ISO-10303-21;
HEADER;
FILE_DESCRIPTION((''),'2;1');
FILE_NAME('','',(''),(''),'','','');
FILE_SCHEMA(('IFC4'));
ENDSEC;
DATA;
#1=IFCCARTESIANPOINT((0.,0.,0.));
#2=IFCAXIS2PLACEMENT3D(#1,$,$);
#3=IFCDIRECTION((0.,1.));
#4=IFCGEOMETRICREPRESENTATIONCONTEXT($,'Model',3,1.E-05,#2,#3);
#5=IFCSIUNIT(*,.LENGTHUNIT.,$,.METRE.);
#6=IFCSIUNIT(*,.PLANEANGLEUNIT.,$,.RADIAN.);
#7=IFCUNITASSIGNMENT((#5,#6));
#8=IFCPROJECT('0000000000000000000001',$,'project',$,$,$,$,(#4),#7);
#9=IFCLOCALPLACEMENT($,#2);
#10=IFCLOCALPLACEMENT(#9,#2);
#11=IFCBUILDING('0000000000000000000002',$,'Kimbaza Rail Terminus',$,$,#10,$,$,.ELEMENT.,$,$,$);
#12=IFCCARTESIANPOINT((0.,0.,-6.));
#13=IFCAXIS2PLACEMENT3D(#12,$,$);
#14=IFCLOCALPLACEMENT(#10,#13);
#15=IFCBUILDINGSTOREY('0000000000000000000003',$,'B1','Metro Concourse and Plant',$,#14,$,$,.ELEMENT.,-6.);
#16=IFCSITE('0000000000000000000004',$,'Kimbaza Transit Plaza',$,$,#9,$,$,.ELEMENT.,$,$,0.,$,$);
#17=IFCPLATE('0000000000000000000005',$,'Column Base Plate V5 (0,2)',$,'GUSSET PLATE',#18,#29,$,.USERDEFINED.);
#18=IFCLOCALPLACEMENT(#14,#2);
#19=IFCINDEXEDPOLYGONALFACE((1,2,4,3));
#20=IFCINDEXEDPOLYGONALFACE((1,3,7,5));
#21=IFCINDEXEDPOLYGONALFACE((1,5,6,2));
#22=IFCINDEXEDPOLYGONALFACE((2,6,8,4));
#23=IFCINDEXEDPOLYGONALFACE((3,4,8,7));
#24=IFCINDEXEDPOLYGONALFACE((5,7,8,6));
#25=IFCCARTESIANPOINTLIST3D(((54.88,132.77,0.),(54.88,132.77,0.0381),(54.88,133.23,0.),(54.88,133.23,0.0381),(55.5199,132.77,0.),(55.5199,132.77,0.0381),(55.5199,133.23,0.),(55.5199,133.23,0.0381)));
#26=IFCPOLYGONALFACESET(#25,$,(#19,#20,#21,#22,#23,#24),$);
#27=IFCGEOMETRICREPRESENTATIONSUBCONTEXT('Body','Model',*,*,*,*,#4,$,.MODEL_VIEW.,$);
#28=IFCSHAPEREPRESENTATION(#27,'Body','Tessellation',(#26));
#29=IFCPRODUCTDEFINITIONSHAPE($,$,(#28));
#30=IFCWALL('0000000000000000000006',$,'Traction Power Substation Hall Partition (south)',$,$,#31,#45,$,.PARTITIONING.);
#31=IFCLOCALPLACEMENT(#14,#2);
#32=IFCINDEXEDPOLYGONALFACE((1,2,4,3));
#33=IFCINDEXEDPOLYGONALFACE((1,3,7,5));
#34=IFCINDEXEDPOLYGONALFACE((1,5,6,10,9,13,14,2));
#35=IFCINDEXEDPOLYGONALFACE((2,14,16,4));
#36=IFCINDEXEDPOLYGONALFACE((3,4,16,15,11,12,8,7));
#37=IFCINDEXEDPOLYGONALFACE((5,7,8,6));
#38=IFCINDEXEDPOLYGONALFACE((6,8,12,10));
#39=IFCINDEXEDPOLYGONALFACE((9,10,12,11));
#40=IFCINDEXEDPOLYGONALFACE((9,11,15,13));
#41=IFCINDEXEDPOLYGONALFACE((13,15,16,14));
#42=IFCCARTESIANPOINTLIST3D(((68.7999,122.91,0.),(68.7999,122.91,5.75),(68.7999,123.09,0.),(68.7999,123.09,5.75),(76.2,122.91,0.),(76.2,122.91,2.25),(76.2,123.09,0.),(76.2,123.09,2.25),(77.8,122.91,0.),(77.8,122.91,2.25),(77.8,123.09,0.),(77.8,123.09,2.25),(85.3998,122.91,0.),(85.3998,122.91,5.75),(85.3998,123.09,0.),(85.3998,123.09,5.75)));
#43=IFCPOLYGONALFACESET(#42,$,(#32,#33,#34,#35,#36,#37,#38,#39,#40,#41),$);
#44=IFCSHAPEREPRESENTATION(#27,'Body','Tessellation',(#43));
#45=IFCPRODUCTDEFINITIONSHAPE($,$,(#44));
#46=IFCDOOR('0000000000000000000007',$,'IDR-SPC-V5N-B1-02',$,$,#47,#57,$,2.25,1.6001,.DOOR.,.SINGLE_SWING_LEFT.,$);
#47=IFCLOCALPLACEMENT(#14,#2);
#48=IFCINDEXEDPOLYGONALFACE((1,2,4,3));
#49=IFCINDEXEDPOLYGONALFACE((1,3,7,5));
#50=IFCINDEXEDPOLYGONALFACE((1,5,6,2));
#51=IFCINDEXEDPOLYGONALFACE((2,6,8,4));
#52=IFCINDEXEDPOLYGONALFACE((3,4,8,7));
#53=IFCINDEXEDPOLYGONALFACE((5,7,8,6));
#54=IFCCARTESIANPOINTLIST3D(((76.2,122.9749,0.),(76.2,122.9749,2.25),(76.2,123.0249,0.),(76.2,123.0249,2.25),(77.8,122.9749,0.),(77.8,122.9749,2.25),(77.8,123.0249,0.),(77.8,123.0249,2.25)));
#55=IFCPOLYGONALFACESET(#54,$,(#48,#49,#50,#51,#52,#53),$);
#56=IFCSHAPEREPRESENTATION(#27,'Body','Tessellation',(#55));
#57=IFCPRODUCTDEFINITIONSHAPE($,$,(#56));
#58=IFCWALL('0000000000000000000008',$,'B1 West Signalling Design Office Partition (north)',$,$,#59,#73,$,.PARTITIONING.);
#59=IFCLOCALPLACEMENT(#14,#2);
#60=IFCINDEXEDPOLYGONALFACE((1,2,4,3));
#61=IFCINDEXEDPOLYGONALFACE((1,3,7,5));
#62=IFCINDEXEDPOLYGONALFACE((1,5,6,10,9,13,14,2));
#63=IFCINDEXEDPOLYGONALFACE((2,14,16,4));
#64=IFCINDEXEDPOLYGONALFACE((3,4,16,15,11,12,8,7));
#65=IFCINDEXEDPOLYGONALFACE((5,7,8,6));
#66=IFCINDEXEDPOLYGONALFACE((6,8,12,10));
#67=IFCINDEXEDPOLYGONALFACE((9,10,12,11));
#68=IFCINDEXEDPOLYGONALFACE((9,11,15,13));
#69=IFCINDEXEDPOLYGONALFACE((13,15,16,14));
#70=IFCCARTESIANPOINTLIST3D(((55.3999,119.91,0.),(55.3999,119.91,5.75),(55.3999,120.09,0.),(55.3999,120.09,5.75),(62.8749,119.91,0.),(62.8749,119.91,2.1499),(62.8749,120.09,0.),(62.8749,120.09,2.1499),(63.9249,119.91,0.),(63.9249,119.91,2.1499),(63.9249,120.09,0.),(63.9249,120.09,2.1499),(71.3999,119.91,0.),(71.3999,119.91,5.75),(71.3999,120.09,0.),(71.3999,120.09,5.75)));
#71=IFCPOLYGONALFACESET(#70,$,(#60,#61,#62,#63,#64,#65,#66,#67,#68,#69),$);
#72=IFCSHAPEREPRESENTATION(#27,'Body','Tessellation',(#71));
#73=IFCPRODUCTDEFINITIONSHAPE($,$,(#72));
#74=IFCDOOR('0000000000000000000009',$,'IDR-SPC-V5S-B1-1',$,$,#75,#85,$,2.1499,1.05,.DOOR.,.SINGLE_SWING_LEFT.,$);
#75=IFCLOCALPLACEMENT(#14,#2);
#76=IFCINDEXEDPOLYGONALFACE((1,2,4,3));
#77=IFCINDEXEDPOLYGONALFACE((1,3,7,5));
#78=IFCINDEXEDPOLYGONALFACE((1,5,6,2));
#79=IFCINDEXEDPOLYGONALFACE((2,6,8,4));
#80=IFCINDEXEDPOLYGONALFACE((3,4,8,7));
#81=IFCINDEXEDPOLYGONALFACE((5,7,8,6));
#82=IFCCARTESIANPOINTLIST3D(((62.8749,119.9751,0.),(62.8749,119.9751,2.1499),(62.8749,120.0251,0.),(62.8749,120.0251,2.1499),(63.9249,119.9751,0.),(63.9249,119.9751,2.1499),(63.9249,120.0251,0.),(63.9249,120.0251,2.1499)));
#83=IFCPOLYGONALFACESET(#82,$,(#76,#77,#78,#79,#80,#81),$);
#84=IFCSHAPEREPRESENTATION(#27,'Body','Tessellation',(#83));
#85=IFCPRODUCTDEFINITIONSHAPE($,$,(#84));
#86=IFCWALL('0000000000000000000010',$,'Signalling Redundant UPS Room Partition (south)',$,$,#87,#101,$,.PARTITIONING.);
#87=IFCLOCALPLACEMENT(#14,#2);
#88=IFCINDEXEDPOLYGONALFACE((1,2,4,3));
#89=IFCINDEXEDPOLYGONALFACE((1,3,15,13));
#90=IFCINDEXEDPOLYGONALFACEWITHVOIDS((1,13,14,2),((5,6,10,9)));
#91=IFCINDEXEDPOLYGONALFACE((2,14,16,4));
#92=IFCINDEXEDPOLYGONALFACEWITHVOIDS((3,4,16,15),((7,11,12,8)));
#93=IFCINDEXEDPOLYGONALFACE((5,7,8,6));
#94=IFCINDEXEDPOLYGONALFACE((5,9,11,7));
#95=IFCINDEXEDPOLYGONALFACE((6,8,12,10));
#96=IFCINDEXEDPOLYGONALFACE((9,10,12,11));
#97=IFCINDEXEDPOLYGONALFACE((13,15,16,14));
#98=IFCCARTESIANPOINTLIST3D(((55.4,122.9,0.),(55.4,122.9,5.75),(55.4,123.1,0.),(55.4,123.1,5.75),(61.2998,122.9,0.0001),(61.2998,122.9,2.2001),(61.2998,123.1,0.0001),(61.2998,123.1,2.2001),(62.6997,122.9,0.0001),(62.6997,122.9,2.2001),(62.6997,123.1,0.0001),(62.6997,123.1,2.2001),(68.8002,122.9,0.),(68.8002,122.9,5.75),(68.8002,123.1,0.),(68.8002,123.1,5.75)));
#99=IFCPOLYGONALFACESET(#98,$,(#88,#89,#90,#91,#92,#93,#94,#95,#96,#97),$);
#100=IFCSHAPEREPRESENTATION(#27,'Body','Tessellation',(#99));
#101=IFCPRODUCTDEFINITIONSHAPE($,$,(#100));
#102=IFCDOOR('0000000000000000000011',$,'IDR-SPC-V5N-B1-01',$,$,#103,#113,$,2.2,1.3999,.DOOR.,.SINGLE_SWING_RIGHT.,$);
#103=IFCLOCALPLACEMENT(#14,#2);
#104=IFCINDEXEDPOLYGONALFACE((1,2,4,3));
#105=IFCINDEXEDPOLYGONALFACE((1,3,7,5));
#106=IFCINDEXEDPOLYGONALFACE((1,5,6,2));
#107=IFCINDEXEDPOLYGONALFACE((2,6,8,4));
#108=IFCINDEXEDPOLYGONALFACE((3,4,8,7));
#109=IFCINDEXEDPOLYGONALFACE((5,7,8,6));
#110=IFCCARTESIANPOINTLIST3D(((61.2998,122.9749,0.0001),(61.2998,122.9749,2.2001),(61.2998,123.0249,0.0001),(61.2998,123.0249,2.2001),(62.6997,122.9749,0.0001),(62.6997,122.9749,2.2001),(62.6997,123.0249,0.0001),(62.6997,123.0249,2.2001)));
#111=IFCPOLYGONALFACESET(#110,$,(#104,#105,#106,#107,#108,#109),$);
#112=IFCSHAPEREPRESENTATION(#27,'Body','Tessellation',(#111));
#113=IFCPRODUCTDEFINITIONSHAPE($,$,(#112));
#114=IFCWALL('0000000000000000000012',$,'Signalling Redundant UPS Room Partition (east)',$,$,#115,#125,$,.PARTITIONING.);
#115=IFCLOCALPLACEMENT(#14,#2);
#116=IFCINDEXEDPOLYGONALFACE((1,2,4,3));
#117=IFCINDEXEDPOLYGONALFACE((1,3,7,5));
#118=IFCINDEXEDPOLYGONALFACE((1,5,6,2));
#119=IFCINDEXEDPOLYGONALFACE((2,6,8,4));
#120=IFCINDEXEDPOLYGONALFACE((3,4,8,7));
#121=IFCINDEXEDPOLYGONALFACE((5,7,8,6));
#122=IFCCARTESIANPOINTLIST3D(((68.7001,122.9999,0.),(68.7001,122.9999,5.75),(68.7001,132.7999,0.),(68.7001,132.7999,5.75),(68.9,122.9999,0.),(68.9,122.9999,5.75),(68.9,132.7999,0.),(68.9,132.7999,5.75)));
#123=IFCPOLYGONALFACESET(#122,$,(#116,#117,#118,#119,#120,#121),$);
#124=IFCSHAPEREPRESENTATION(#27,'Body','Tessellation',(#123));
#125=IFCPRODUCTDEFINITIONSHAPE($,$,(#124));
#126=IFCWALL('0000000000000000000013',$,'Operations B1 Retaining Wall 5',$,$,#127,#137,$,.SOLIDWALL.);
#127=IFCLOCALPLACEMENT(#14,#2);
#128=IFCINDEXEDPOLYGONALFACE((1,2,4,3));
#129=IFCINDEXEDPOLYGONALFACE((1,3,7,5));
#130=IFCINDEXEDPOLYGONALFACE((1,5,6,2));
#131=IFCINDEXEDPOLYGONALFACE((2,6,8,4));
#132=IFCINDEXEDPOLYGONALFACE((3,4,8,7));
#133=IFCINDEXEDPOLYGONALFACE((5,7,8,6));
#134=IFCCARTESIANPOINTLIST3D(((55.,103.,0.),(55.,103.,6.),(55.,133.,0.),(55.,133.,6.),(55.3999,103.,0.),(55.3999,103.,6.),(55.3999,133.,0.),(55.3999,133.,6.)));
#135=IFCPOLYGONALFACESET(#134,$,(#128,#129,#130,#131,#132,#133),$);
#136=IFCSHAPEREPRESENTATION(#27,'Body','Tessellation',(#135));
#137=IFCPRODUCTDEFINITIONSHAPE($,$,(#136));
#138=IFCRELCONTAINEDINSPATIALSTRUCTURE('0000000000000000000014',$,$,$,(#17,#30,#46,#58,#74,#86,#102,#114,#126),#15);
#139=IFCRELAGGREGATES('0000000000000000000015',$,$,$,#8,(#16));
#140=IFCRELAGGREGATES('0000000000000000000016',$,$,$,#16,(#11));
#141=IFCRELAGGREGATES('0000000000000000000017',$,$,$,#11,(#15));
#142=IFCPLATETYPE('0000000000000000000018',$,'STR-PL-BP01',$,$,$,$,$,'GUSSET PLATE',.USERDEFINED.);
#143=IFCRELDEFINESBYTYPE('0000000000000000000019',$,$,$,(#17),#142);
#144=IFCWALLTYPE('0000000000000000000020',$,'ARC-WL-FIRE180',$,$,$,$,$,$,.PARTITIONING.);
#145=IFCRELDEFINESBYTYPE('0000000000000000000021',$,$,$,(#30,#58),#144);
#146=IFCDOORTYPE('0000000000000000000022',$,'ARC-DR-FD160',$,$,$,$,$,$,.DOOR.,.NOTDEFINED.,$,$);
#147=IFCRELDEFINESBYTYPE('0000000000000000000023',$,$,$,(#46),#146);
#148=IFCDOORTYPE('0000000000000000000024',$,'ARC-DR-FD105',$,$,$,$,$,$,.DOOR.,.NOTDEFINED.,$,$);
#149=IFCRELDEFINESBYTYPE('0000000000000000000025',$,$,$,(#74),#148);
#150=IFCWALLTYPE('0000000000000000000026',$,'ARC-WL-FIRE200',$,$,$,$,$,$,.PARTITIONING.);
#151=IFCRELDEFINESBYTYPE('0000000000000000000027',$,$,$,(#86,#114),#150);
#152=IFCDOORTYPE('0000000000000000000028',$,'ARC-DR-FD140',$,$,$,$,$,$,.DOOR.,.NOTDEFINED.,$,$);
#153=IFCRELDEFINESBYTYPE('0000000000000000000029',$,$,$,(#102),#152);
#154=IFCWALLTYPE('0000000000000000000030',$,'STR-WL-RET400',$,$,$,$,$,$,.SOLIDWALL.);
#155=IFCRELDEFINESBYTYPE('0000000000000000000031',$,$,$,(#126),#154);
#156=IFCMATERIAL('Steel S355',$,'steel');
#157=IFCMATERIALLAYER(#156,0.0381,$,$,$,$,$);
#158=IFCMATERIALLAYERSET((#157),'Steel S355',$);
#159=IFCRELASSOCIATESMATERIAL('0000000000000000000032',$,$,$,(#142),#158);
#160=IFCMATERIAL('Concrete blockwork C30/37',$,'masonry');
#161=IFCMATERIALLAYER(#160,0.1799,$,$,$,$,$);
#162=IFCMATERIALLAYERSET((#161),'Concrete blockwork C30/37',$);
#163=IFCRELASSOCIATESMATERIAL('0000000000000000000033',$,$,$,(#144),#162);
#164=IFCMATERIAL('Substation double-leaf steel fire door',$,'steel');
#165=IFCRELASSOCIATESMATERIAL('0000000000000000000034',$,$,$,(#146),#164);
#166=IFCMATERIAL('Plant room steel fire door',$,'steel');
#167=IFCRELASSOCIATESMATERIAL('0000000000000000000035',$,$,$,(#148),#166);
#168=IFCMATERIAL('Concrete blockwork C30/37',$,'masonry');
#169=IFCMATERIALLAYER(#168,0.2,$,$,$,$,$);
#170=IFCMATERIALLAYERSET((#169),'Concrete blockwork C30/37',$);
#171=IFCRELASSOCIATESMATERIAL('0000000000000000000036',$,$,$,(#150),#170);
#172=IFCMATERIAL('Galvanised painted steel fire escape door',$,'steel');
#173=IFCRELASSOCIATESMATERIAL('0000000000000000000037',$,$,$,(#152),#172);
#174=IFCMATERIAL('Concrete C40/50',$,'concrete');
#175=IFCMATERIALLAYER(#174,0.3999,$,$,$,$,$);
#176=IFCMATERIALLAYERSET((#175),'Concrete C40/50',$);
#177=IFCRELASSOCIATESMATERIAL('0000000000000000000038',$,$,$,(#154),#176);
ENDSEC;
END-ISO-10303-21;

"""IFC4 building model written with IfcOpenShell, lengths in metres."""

from ifc_helpers import new_model, si_unit, direction, frame, frame_2d, origin, origin_2d, place, context, subcontext, project, spatial, rectangle, extrude, material, layer, layer_set, type_object, element, fill, save


model = new_model("IFC4")

# Units and contexts
model_context = context("Model", 3, precision=1e-05, world=origin(), true_north=direction((0.0, 1.0)))
body_context = subcontext(model_context, "Body", "Model", "MODEL_VIEW")
ifc_project = project(units=[si_unit("LENGTHUNIT", "METRE"), si_unit("PLANEANGLEUNIT", "RADIAN")], contexts=[model_context])

# Site, building, storey
site_placement = place(None, origin())
site = spatial("IfcSite", under=ifc_project, at=site_placement, Name="Kimbaza Transit Plaza", CompositionType="ELEMENT", RefElevation=0.0)
building_placement = place(site_placement, origin())
building = spatial("IfcBuilding", under=site, at=building_placement, Name="Kimbaza Rail Terminus", CompositionType="ELEMENT")
storey_placement = place(building_placement, frame((0.0, 0.0, -6.0)))
storey = spatial("IfcBuildingStorey", under=building, at=storey_placement, Name="B1", Description="Metro Concourse and Plant", CompositionType="ELEMENT", Elevation=-6.0)

# Plate
ifc_material_1 = material(Name="Steel S355", Category="steel")
ifc_layer_1 = layer(ifc_material_1, 0.0381)
ifc_layer_set_1 = layer_set([ifc_layer_1], Name="Steel S355")
plate_type = type_object("IfcPlateType", Name="STR-PL-BP01", ElementType="GUSSET PLATE", PredefinedType="USERDEFINED", material=ifc_layer_set_1)
for number, where, z_axis, x_axis, name in (
    (1, (55.2, 133.0, 0.0), (0.0, 0.0, 1.0), (1.0, 0.0, 0.0), "Column Base Plate V5 (0,2)"),
):
    element("IfcPlate", number, at=place(storey_placement, frame(where, z_axis=z_axis, x_axis=x_axis)), inside=storey, type_object=plate_type, Name=name, ObjectType="GUSSET PLATE", PredefinedType="USERDEFINED", context=body_context, shape_type="SweptSolid", body=[
        extrude(rectangle(XDim=0.6399, YDim=0.46, at=origin_2d()), origin(), (0.0, 0.0, 1.0), 0.0381),
    ])

# Walls, openings, doors
ifc_material_2 = material(Name="Concrete blockwork C30/37", Category="masonry")
ifc_layer_2 = layer(ifc_material_2, 0.1799)
ifc_layer_set_2 = layer_set([ifc_layer_2], Name="Concrete blockwork C30/37")
wall_type_1 = type_object("IfcWallType", Name="ARC-WL-FIRE180", PredefinedType="PARTITIONING", material=ifc_layer_set_2)
wall_1_placement = place(storey_placement, frame((68.8, 123.0, 0.0), z_axis=(0.0, 0.0, 1.0), x_axis=(1.0, 0.0, 0.0)))
wall_1 = element("IfcWall", 2, at=wall_1_placement, inside=storey, type_object=wall_type_1, Name="Traction Power Substation Hall Partition (south)", PredefinedType="PARTITIONING", context=body_context, shape_type="SweptSolid", body=[
    extrude(rectangle(XDim=16.5999, YDim=0.1799, at=frame_2d((8.2998, 0.0))), origin(), (0.0, 0.0, 1.0), 5.75),
])
opening_1_placement = place(wall_1_placement, frame((7.3999, 0.0, 0.0)))
opening_1 = element("IfcOpeningElement", 3, at=opening_1_placement, cuts=wall_1, PredefinedType="OPENING", context=body_context, shape_type="SweptSolid", body=[
    extrude(rectangle(XDim=1.6001, YDim=2.25, at=frame_2d((0.8, 1.125))), frame((0.0, 0.0999, 0.0), z_axis=(0.0, -1.0, 0.0), x_axis=(1.0, 0.0, 0.0)), (0.0, 0.0, 1.0), 0.2),
])
ifc_material_3 = material(Name="Substation double-leaf steel fire door", Category="steel")
door_type_1 = type_object("IfcDoorType", Name="ARC-DR-FD160", OperationType="NOTDEFINED", PredefinedType="DOOR", material=ifc_material_3)
door_1_placement = place(opening_1_placement, origin())
door_1 = element("IfcDoor", 4, at=door_1_placement, inside=storey, type_object=door_type_1, Name="IDR-SPC-V5N-B1-02", OperationType="SINGLE_SWING_LEFT", OverallHeight=2.25, OverallWidth=1.6001, PredefinedType="DOOR", context=body_context, shape_type="SweptSolid", body=[
    extrude(rectangle(XDim=1.6001, YDim=2.25, at=frame_2d((0.8, 1.125))), frame((0.0, 0.0249, 0.0), z_axis=(0.0, -1.0, 0.0), x_axis=(1.0, 0.0, 0.0)), (0.0, 0.0, 1.0), 0.05),
])
fill(opening_1, door_1)
wall_2_placement = place(storey_placement, frame((71.3999, 120.0, 0.0), z_axis=(0.0, 0.0, 1.0), x_axis=(-1.0, 0.0, 0.0)))
wall_2 = element("IfcWall", 5, at=wall_2_placement, inside=storey, type_object=wall_type_1, Name="B1 West Signalling Design Office Partition (north)", PredefinedType="PARTITIONING", context=body_context, shape_type="SweptSolid", body=[
    extrude(rectangle(XDim=16.0, YDim=0.1799, at=frame_2d((8.0, 0.0))), origin(), (0.0, 0.0, 1.0), 5.75),
])
opening_2_placement = place(wall_2_placement, frame((7.4751, 0.0, 0.0)))
opening_2 = element("IfcOpeningElement", 6, at=opening_2_placement, cuts=wall_2, PredefinedType="OPENING", context=body_context, shape_type="SweptSolid", body=[
    extrude(rectangle(XDim=1.05, YDim=2.1499, at=frame_2d((0.5249, 1.075))), frame((0.0, 0.0999, 0.0), z_axis=(0.0, -1.0, 0.0), x_axis=(1.0, 0.0, 0.0)), (0.0, 0.0, 1.0), 0.2),
])
ifc_material_4 = material(Name="Plant room steel fire door", Category="steel")
door_type_2 = type_object("IfcDoorType", Name="ARC-DR-FD105", OperationType="NOTDEFINED", PredefinedType="DOOR", material=ifc_material_4)
door_2_placement = place(opening_2_placement, origin())
door_2 = element("IfcDoor", 7, at=door_2_placement, inside=storey, type_object=door_type_2, Name="IDR-SPC-V5S-B1-1", OperationType="SINGLE_SWING_LEFT", OverallHeight=2.1499, OverallWidth=1.05, PredefinedType="DOOR", context=body_context, shape_type="SweptSolid", body=[
    extrude(rectangle(XDim=1.05, YDim=2.1499, at=frame_2d((0.5249, 1.075))), frame((0.0, 0.0249, 0.0), z_axis=(0.0, -1.0, 0.0), x_axis=(1.0, 0.0, 0.0)), (0.0, 0.0, 1.0), 0.05),
])
fill(opening_2, door_2)
ifc_material_5 = material(Name="Concrete blockwork C30/37", Category="masonry")
ifc_layer_3 = layer(ifc_material_5, 0.2)
ifc_layer_set_3 = layer_set([ifc_layer_3], Name="Concrete blockwork C30/37")
wall_type_2 = type_object("IfcWallType", Name="ARC-WL-FIRE200", PredefinedType="PARTITIONING", material=ifc_layer_set_3)
wall_3_placement = place(storey_placement, frame((55.3999, 123.0, 0.0), z_axis=(0.0, 0.0, 1.0), x_axis=(1.0, 0.0, 0.0)))
wall_3 = element("IfcWall", 8, at=wall_3_placement, inside=storey, type_object=wall_type_2, Name="Signalling Redundant UPS Room Partition (south)", PredefinedType="PARTITIONING", context=body_context, shape_type="SweptSolid", body=[
    extrude(rectangle(XDim=13.4001, YDim=0.2, at=frame_2d((6.7002, 0.0))), origin(), (0.0, 0.0, 1.0), 5.75),
])
opening_3_placement = place(wall_3_placement, frame((5.8999, 0.0, 0.0)))
opening_3 = element("IfcOpeningElement", 9, at=opening_3_placement, cuts=wall_3, PredefinedType="OPENING", context=body_context, shape_type="SweptSolid", body=[
    extrude(rectangle(XDim=1.3999, YDim=2.2, at=frame_2d((0.7, 1.1001))), frame((0.0, 0.1099, 0.0), z_axis=(0.0, -1.0, 0.0), x_axis=(1.0, 0.0, 0.0)), (0.0, 0.0, 1.0), 0.22),
])
ifc_material_6 = material(Name="Galvanised painted steel fire escape door", Category="steel")
door_type_3 = type_object("IfcDoorType", Name="ARC-DR-FD140", OperationType="NOTDEFINED", PredefinedType="DOOR", material=ifc_material_6)
door_3_placement = place(opening_3_placement, origin())
door_3 = element("IfcDoor", 10, at=door_3_placement, inside=storey, type_object=door_type_3, Name="IDR-SPC-V5N-B1-01", OperationType="SINGLE_SWING_RIGHT", OverallHeight=2.2, OverallWidth=1.3999, PredefinedType="DOOR", context=body_context, shape_type="SweptSolid", body=[
    extrude(rectangle(XDim=1.3999, YDim=2.2, at=frame_2d((0.7, 1.1001))), frame((0.0, 0.0249, 0.0), z_axis=(0.0, -1.0, 0.0), x_axis=(1.0, 0.0, 0.0)), (0.0, 0.0, 1.0), 0.05),
])
fill(opening_3, door_3)

# Walls
wall_4_placement = place(storey_placement, frame((68.8, 123.0, 0.0), z_axis=(0.0, 0.0, 1.0), x_axis=(0.0, 1.0, 0.0)))
element("IfcWall", 11, at=wall_4_placement, inside=storey, type_object=wall_type_2, Name="Signalling Redundant UPS Room Partition (east)", PredefinedType="PARTITIONING", context=body_context, shape_type="SweptSolid", body=[
    extrude(rectangle(XDim=9.8, YDim=0.2, at=frame_2d((4.8999, 0.0))), origin(), (0.0, 0.0, 1.0), 5.75),
])
ifc_material_7 = material(Name="Concrete C40/50", Category="concrete")
ifc_layer_4 = layer(ifc_material_7, 0.3999)
ifc_layer_set_4 = layer_set([ifc_layer_4], Name="Concrete C40/50")
wall_type_3 = type_object("IfcWallType", Name="STR-WL-RET400", PredefinedType="SOLIDWALL", material=ifc_layer_set_4)
wall_5_placement = place(storey_placement, frame((55.2, 133.0, 0.0), z_axis=(0.0, 0.0, 1.0), x_axis=(0.0, -1.0, 0.0)))
element("IfcWall", 12, at=wall_5_placement, inside=storey, type_object=wall_type_3, Name="Operations B1 Retaining Wall 5", PredefinedType="SOLIDWALL", context=body_context, shape_type="SweptSolid", body=[
    extrude(rectangle(XDim=30.0, YDim=0.3999, at=frame_2d((15.0, 0.0))), origin(), (0.0, 0.0, 1.0), 6.0),
])

save(model, "model.ifc")
